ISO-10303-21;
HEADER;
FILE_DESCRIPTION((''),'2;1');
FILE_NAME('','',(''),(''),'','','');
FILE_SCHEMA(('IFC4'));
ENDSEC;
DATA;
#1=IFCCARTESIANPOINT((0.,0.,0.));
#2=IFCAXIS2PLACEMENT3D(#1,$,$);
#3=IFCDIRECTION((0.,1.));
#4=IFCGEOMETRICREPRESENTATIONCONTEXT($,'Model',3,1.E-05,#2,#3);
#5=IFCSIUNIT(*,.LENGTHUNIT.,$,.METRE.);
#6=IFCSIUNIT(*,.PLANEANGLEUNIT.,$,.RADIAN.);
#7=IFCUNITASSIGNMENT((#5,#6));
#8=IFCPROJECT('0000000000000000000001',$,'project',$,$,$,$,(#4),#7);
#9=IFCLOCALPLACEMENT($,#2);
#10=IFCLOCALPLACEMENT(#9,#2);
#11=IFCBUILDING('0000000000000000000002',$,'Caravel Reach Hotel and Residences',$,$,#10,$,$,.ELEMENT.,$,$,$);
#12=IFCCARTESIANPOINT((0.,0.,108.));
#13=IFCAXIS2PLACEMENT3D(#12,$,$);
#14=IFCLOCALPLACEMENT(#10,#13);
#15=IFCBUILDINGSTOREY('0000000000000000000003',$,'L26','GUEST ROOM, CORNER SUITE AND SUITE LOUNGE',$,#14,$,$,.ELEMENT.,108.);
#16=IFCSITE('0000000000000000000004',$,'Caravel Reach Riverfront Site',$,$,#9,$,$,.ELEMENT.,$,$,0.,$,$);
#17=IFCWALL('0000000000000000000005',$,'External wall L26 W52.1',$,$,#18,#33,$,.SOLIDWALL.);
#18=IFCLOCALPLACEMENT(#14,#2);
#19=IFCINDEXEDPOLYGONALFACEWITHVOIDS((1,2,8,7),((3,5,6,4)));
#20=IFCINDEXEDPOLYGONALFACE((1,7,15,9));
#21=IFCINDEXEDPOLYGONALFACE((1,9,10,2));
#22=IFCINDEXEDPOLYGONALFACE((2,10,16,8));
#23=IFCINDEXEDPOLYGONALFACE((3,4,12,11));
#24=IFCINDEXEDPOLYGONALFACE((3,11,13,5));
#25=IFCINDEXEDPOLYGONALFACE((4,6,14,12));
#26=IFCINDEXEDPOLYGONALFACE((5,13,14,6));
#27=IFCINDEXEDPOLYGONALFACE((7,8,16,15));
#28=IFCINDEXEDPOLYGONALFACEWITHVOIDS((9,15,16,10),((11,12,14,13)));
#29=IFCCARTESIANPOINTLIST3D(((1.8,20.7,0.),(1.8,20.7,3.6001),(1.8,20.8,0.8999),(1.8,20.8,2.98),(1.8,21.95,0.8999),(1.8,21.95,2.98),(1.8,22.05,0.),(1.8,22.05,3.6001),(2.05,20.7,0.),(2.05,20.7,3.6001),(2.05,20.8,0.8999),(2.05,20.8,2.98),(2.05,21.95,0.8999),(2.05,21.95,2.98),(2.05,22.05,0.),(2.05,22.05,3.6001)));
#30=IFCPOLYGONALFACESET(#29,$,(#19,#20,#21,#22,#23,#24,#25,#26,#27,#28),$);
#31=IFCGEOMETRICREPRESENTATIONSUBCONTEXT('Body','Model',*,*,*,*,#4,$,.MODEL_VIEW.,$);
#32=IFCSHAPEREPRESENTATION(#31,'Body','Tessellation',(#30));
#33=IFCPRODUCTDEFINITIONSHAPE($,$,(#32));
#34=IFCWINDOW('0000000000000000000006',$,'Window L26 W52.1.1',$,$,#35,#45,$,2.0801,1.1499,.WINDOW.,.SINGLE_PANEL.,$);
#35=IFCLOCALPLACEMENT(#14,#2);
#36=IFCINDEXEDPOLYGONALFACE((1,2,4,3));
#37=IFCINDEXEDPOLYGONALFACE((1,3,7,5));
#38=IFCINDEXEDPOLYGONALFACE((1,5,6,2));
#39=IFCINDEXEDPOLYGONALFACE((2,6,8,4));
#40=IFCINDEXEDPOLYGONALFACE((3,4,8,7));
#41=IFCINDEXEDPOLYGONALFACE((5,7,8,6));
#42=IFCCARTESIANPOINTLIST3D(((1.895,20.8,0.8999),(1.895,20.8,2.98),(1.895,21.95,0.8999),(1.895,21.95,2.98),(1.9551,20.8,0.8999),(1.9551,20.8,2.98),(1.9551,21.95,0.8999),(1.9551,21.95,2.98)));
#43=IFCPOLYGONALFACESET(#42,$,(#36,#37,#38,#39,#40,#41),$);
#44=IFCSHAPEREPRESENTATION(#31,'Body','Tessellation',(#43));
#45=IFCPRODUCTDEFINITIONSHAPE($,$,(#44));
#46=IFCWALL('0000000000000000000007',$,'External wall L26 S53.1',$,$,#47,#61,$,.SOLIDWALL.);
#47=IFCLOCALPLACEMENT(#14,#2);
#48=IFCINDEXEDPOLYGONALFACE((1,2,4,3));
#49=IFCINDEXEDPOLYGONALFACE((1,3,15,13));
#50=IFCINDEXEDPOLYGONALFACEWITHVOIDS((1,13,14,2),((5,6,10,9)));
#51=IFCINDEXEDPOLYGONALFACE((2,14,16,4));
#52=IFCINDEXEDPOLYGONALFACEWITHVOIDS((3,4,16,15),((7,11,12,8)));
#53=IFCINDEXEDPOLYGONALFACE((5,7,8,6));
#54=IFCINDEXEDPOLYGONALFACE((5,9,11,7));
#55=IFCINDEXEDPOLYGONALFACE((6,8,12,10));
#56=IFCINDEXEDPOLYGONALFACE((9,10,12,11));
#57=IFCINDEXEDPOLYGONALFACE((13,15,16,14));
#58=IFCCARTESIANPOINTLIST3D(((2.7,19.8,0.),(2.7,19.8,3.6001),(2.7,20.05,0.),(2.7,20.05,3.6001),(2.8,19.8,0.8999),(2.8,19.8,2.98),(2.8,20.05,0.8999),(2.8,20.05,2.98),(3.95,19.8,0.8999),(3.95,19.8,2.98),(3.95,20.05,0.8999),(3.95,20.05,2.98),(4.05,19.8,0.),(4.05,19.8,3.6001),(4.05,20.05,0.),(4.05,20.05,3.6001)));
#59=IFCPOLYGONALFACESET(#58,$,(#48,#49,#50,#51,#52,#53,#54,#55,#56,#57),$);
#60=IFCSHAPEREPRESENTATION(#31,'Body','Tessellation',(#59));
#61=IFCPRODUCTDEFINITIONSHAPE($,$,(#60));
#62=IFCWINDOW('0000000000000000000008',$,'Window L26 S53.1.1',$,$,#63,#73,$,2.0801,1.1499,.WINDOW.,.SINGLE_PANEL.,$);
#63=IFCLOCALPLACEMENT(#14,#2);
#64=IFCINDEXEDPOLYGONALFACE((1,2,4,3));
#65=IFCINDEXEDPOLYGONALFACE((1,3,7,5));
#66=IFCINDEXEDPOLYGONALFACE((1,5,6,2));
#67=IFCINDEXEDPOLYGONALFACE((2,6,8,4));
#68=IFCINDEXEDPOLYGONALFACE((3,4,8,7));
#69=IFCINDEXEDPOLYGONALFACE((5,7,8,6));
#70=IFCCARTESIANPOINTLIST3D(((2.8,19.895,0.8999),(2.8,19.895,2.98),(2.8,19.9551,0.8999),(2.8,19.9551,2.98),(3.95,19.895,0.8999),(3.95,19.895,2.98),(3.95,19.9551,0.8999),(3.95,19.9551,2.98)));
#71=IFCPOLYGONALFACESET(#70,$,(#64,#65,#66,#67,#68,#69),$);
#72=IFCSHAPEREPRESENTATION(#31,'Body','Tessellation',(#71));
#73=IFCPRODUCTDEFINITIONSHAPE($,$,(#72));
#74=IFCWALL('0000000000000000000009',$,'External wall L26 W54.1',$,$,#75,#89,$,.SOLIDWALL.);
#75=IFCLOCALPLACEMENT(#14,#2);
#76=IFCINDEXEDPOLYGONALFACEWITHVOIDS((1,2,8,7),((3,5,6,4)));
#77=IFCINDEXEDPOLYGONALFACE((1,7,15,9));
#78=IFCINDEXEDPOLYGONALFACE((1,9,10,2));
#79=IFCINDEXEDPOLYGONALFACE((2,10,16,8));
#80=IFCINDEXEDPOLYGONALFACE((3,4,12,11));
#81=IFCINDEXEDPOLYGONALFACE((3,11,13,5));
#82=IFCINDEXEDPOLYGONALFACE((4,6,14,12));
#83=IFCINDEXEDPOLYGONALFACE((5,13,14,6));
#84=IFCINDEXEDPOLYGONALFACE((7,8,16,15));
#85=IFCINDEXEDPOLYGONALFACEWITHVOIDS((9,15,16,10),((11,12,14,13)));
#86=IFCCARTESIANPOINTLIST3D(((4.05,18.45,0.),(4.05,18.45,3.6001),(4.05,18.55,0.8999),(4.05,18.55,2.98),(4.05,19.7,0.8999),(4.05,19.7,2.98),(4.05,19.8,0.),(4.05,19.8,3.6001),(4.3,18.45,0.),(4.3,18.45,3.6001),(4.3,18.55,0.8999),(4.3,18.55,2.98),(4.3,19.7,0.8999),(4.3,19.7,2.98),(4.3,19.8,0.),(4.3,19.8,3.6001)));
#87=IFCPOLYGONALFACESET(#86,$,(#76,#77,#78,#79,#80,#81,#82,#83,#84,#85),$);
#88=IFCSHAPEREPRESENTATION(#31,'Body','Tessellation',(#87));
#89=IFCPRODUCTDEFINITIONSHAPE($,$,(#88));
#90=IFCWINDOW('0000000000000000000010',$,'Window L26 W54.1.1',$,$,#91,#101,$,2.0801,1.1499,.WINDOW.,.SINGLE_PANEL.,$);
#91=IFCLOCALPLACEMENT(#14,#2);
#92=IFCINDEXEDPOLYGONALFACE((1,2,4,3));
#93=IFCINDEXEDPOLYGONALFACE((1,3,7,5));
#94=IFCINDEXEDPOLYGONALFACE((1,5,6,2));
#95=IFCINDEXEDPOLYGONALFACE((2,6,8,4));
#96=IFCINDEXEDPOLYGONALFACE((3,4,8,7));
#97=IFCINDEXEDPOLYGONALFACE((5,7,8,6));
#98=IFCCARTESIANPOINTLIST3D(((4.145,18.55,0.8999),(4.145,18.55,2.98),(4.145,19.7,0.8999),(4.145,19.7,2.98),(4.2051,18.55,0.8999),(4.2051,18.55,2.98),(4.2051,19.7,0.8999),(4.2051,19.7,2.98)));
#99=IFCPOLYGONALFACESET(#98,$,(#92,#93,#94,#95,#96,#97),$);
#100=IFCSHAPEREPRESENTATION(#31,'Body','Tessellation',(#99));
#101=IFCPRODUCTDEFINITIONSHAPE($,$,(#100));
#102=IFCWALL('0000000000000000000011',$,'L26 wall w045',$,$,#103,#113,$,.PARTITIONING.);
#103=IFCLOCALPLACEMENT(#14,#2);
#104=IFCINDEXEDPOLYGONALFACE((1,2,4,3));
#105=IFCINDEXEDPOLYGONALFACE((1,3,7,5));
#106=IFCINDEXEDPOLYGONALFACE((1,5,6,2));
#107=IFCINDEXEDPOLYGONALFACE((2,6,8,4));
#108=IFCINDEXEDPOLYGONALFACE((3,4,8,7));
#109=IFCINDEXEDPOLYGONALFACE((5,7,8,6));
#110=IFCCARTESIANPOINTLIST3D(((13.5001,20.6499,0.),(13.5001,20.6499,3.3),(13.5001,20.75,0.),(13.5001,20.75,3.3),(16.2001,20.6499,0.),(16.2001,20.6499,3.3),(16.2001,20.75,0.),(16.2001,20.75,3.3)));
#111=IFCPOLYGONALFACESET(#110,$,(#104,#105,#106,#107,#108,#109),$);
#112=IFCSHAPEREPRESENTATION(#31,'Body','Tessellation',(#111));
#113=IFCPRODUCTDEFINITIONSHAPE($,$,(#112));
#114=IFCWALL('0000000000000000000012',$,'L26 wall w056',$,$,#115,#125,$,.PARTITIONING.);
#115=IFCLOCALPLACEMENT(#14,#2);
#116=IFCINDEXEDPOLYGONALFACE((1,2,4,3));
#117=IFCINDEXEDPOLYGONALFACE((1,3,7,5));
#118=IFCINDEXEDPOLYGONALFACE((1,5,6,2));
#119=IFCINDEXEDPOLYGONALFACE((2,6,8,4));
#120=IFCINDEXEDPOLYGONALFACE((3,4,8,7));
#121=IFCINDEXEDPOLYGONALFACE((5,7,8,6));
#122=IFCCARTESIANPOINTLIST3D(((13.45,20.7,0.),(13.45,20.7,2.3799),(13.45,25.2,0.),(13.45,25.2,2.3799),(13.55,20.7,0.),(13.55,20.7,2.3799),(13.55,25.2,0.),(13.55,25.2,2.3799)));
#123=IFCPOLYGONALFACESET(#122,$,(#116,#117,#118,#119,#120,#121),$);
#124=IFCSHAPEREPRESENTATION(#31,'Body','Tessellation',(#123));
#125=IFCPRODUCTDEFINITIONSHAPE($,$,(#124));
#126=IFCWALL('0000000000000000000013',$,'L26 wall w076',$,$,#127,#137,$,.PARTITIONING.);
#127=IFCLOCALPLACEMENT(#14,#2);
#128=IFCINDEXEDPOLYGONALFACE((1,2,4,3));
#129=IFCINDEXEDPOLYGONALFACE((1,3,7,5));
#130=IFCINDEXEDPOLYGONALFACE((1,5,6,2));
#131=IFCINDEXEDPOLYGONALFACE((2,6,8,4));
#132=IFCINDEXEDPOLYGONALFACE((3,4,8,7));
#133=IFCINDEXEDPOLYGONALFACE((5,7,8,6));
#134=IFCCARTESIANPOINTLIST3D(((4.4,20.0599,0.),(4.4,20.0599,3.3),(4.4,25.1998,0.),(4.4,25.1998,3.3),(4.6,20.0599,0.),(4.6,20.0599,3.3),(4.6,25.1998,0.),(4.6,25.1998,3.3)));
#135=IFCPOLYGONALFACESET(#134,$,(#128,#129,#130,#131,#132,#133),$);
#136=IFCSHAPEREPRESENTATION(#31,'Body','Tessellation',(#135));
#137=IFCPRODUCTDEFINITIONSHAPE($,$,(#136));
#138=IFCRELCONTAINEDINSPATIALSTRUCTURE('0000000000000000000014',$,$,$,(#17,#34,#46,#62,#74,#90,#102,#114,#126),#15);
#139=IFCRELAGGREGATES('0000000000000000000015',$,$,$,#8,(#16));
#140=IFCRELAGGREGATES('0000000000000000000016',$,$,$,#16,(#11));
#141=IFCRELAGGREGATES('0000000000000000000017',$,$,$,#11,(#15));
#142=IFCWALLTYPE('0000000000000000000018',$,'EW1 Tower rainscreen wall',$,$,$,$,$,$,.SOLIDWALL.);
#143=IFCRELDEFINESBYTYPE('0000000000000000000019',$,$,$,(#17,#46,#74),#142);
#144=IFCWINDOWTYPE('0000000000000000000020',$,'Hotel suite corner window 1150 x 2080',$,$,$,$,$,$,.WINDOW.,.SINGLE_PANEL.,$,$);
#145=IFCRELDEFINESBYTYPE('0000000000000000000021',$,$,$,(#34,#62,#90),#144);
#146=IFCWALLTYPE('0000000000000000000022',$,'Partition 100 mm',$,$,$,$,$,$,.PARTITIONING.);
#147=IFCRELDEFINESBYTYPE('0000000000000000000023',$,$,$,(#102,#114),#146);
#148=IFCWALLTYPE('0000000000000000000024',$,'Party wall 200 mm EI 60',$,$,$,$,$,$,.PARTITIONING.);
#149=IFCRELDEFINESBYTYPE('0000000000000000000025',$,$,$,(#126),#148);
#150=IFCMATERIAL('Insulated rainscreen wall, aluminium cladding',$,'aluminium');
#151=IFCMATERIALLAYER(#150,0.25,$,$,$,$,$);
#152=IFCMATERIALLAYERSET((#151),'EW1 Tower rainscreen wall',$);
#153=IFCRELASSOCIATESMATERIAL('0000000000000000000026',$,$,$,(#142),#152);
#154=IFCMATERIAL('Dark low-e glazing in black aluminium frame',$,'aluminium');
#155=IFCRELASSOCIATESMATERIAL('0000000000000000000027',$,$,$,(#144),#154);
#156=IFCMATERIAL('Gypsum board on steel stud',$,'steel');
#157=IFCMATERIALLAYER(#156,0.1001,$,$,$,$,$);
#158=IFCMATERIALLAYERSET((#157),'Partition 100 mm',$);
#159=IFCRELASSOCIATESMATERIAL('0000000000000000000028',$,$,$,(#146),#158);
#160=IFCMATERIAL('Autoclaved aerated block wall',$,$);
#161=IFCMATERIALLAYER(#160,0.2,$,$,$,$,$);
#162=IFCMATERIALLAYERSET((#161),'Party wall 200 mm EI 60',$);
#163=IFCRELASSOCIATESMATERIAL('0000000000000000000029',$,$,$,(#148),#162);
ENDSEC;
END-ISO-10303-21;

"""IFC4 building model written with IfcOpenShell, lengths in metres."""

from ifc_helpers import new_model, si_unit, direction, frame, frame_2d, origin, place, context, subcontext, project, spatial, rectangle, extrude, material, layer, layer_set, type_object, element, fill, save


model = new_model("IFC4")

# Units and contexts
model_context = context("Model", 3, precision=1e-05, world=origin(), true_north=direction((0.0, 1.0)))
body_context = subcontext(model_context, "Body", "Model", "MODEL_VIEW")
ifc_project = project(units=[si_unit("LENGTHUNIT", "METRE"), si_unit("PLANEANGLEUNIT", "RADIAN")], contexts=[model_context])

# Site, building, storey
site_placement = place(None, origin())
site = spatial("IfcSite", under=ifc_project, at=site_placement, Name="Caravel Reach Riverfront Site", CompositionType="ELEMENT", RefElevation=0.0)
building_placement = place(site_placement, origin())
building = spatial("IfcBuilding", under=site, at=building_placement, Name="Caravel Reach Hotel and Residences", CompositionType="ELEMENT")
storey_placement = place(building_placement, frame((0.0, 0.0, 108.0)))
storey = spatial("IfcBuildingStorey", under=building, at=storey_placement, Name="L26", Description="GUEST ROOM, CORNER SUITE AND SUITE LOUNGE", CompositionType="ELEMENT", Elevation=108.0)

# Walls, openings, windows
ifc_material_1 = material(Name="Insulated rainscreen wall, aluminium cladding", Category="aluminium")
ifc_layer_1 = layer(ifc_material_1, 0.25)
ifc_layer_set_1 = layer_set([ifc_layer_1], Name="EW1 Tower rainscreen wall")
wall_type_1 = type_object("IfcWallType", Name="EW1 Tower rainscreen wall", PredefinedType="SOLIDWALL", material=ifc_layer_set_1)
ifc_material_2 = material(Name="Dark low-e glazing in black aluminium frame", Category="aluminium")
window_type = type_object("IfcWindowType", Name="Hotel suite corner window 1150 x 2080", PartitioningType="SINGLE_PANEL", PredefinedType="WINDOW", material=ifc_material_2)
wall_1_placement = place(storey_placement, frame((1.925, 22.05, 0.0), z_axis=(0.0, 0.0, 1.0), x_axis=(0.0, -1.0, 0.0)))
wall_1 = element("IfcWall", 1, at=wall_1_placement, inside=storey, type_object=wall_type_1, Name="External wall L26 W52.1", PredefinedType="SOLIDWALL", context=body_context, shape_type="SweptSolid", body=[
    extrude(rectangle(XDim=1.3501, YDim=0.25, at=frame_2d((0.675, 0.0))), origin(), (0.0, 0.0, 1.0), 3.6001),
])
opening_1_placement = place(wall_1_placement, frame((0.1001, 0.0, 0.8999)))
opening_1 = element("IfcOpeningElement", 2, at=opening_1_placement, cuts=wall_1, PredefinedType="OPENING", context=body_context, shape_type="SweptSolid", body=[
    extrude(rectangle(XDim=1.1499, YDim=2.0801, at=frame_2d((0.575, 1.04))), frame((0.0, 0.135, 0.0), z_axis=(0.0, -1.0, 0.0), x_axis=(1.0, 0.0, 0.0)), (0.0, 0.0, 1.0), 0.27),
])
window_1_placement = place(opening_1_placement, origin())
window_1 = element("IfcWindow", 3, at=window_1_placement, inside=storey, type_object=window_type, Name="Window L26 W52.1.1", OverallHeight=2.0801, OverallWidth=1.1499, PartitioningType="SINGLE_PANEL", PredefinedType="WINDOW", context=body_context, shape_type="SweptSolid", body=[
    extrude(rectangle(XDim=1.1499, YDim=2.0801, at=frame_2d((0.575, 1.04))), frame((0.0, 0.03, 0.0), z_axis=(0.0, -1.0, 0.0), x_axis=(1.0, 0.0, 0.0)), (0.0, 0.0, 1.0), 0.0601),
])
fill(opening_1, window_1)
wall_2_placement = place(storey_placement, frame((2.7, 19.925, 0.0), z_axis=(0.0, 0.0, 1.0), x_axis=(1.0, 0.0, 0.0)))
wall_2 = element("IfcWall", 4, at=wall_2_placement, inside=storey, type_object=wall_type_1, Name="External wall L26 S53.1", PredefinedType="SOLIDWALL", context=body_context, shape_type="SweptSolid", body=[
    extrude(rectangle(XDim=1.3501, YDim=0.25, at=frame_2d((0.675, 0.0))), origin(), (0.0, 0.0, 1.0), 3.6001),
])
opening_2_placement = place(wall_2_placement, frame((0.1001, 0.0, 0.8999)))
opening_2 = element("IfcOpeningElement", 5, at=opening_2_placement, cuts=wall_2, PredefinedType="OPENING", context=body_context, shape_type="SweptSolid", body=[
    extrude(rectangle(XDim=1.1499, YDim=2.0801, at=frame_2d((0.575, 1.04))), frame((0.0, 0.135, 0.0), z_axis=(0.0, -1.0, 0.0), x_axis=(1.0, 0.0, 0.0)), (0.0, 0.0, 1.0), 0.27),
])
window_2_placement = place(opening_2_placement, origin())
window_2 = element("IfcWindow", 6, at=window_2_placement, inside=storey, type_object=window_type, Name="Window L26 S53.1.1", OverallHeight=2.0801, OverallWidth=1.1499, PartitioningType="SINGLE_PANEL", PredefinedType="WINDOW", context=body_context, shape_type="SweptSolid", body=[
    extrude(rectangle(XDim=1.1499, YDim=2.0801, at=frame_2d((0.575, 1.04))), frame((0.0, 0.03, 0.0), z_axis=(0.0, -1.0, 0.0), x_axis=(1.0, 0.0, 0.0)), (0.0, 0.0, 1.0), 0.0601),
])
fill(opening_2, window_2)
wall_3_placement = place(storey_placement, frame((4.175, 19.8, 0.0), z_axis=(0.0, 0.0, 1.0), x_axis=(0.0, -1.0, 0.0)))
wall_3 = element("IfcWall", 7, at=wall_3_placement, inside=storey, type_object=wall_type_1, Name="External wall L26 W54.1", PredefinedType="SOLIDWALL", context=body_context, shape_type="SweptSolid", body=[
    extrude(rectangle(XDim=1.3501, YDim=0.25, at=frame_2d((0.675, 0.0))), origin(), (0.0, 0.0, 1.0), 3.6001),
])
opening_3_placement = place(wall_3_placement, frame((0.1001, 0.0, 0.8999)))
opening_3 = element("IfcOpeningElement", 8, at=opening_3_placement, cuts=wall_3, PredefinedType="OPENING", context=body_context, shape_type="SweptSolid", body=[
    extrude(rectangle(XDim=1.1499, YDim=2.0801, at=frame_2d((0.575, 1.04))), frame((0.0, 0.135, 0.0), z_axis=(0.0, -1.0, 0.0), x_axis=(1.0, 0.0, 0.0)), (0.0, 0.0, 1.0), 0.27),
])
window_3_placement = place(opening_3_placement, origin())
window_3 = element("IfcWindow", 9, at=window_3_placement, inside=storey, type_object=window_type, Name="Window L26 W54.1.1", OverallHeight=2.0801, OverallWidth=1.1499, PartitioningType="SINGLE_PANEL", PredefinedType="WINDOW", context=body_context, shape_type="SweptSolid", body=[
    extrude(rectangle(XDim=1.1499, YDim=2.0801, at=frame_2d((0.575, 1.04))), frame((0.0, 0.03, 0.0), z_axis=(0.0, -1.0, 0.0), x_axis=(1.0, 0.0, 0.0)), (0.0, 0.0, 1.0), 0.0601),
])
fill(opening_3, window_3)

# Walls
ifc_material_3 = material(Name="Gypsum board on steel stud", Category="steel")
ifc_layer_2 = layer(ifc_material_3, 0.1001)
ifc_layer_set_2 = layer_set([ifc_layer_2], Name="Partition 100 mm")
wall_type_2 = type_object("IfcWallType", Name="Partition 100 mm", PredefinedType="PARTITIONING", material=ifc_layer_set_2)
wall_4_placement = place(storey_placement, frame((13.5, 20.7, 0.0), z_axis=(0.0, 0.0, 1.0), x_axis=(1.0, 0.0, 0.0)))
element("IfcWall", 10, at=wall_4_placement, inside=storey, type_object=wall_type_2, Name="L26 wall w045", PredefinedType="PARTITIONING", context=body_context, shape_type="SweptSolid", body=[
    extrude(rectangle(XDim=2.7, YDim=0.1001, at=frame_2d((1.3501, 0.0))), origin(), (0.0, 0.0, 1.0), 3.3),
])
wall_5_placement = place(storey_placement, frame((13.5, 20.7, 0.0), z_axis=(0.0, 0.0, 1.0), x_axis=(0.0, 1.0, 0.0)))
element("IfcWall", 11, at=wall_5_placement, inside=storey, type_object=wall_type_2, Name="L26 wall w056", PredefinedType="PARTITIONING", context=body_context, shape_type="SweptSolid", body=[
    extrude(rectangle(XDim=4.5, YDim=0.1001, at=frame_2d((2.25, 0.0))), origin(), (0.0, 0.0, 1.0), 2.3799),
])
ifc_material_4 = material(Name="Autoclaved aerated block wall")
ifc_layer_3 = layer(ifc_material_4, 0.2)
ifc_layer_set_3 = layer_set([ifc_layer_3], Name="Party wall 200 mm EI 60")
wall_type_3 = type_object("IfcWallType", Name="Party wall 200 mm EI 60", PredefinedType="PARTITIONING", material=ifc_layer_set_3)
wall_6_placement = place(storey_placement, frame((4.5, 20.0601, 0.0), z_axis=(0.0, 0.0, 1.0), x_axis=(0.0, 1.0, 0.0)))
element("IfcWall", 12, at=wall_6_placement, inside=storey, type_object=wall_type_3, Name="L26 wall w076", PredefinedType="PARTITIONING", context=body_context, shape_type="SweptSolid", body=[
    extrude(rectangle(XDim=5.1399, YDim=0.2, at=frame_2d((2.5698, 0.0))), origin(), (0.0, 0.0, 1.0), 3.3),
])

save(model, "model.ifc")
